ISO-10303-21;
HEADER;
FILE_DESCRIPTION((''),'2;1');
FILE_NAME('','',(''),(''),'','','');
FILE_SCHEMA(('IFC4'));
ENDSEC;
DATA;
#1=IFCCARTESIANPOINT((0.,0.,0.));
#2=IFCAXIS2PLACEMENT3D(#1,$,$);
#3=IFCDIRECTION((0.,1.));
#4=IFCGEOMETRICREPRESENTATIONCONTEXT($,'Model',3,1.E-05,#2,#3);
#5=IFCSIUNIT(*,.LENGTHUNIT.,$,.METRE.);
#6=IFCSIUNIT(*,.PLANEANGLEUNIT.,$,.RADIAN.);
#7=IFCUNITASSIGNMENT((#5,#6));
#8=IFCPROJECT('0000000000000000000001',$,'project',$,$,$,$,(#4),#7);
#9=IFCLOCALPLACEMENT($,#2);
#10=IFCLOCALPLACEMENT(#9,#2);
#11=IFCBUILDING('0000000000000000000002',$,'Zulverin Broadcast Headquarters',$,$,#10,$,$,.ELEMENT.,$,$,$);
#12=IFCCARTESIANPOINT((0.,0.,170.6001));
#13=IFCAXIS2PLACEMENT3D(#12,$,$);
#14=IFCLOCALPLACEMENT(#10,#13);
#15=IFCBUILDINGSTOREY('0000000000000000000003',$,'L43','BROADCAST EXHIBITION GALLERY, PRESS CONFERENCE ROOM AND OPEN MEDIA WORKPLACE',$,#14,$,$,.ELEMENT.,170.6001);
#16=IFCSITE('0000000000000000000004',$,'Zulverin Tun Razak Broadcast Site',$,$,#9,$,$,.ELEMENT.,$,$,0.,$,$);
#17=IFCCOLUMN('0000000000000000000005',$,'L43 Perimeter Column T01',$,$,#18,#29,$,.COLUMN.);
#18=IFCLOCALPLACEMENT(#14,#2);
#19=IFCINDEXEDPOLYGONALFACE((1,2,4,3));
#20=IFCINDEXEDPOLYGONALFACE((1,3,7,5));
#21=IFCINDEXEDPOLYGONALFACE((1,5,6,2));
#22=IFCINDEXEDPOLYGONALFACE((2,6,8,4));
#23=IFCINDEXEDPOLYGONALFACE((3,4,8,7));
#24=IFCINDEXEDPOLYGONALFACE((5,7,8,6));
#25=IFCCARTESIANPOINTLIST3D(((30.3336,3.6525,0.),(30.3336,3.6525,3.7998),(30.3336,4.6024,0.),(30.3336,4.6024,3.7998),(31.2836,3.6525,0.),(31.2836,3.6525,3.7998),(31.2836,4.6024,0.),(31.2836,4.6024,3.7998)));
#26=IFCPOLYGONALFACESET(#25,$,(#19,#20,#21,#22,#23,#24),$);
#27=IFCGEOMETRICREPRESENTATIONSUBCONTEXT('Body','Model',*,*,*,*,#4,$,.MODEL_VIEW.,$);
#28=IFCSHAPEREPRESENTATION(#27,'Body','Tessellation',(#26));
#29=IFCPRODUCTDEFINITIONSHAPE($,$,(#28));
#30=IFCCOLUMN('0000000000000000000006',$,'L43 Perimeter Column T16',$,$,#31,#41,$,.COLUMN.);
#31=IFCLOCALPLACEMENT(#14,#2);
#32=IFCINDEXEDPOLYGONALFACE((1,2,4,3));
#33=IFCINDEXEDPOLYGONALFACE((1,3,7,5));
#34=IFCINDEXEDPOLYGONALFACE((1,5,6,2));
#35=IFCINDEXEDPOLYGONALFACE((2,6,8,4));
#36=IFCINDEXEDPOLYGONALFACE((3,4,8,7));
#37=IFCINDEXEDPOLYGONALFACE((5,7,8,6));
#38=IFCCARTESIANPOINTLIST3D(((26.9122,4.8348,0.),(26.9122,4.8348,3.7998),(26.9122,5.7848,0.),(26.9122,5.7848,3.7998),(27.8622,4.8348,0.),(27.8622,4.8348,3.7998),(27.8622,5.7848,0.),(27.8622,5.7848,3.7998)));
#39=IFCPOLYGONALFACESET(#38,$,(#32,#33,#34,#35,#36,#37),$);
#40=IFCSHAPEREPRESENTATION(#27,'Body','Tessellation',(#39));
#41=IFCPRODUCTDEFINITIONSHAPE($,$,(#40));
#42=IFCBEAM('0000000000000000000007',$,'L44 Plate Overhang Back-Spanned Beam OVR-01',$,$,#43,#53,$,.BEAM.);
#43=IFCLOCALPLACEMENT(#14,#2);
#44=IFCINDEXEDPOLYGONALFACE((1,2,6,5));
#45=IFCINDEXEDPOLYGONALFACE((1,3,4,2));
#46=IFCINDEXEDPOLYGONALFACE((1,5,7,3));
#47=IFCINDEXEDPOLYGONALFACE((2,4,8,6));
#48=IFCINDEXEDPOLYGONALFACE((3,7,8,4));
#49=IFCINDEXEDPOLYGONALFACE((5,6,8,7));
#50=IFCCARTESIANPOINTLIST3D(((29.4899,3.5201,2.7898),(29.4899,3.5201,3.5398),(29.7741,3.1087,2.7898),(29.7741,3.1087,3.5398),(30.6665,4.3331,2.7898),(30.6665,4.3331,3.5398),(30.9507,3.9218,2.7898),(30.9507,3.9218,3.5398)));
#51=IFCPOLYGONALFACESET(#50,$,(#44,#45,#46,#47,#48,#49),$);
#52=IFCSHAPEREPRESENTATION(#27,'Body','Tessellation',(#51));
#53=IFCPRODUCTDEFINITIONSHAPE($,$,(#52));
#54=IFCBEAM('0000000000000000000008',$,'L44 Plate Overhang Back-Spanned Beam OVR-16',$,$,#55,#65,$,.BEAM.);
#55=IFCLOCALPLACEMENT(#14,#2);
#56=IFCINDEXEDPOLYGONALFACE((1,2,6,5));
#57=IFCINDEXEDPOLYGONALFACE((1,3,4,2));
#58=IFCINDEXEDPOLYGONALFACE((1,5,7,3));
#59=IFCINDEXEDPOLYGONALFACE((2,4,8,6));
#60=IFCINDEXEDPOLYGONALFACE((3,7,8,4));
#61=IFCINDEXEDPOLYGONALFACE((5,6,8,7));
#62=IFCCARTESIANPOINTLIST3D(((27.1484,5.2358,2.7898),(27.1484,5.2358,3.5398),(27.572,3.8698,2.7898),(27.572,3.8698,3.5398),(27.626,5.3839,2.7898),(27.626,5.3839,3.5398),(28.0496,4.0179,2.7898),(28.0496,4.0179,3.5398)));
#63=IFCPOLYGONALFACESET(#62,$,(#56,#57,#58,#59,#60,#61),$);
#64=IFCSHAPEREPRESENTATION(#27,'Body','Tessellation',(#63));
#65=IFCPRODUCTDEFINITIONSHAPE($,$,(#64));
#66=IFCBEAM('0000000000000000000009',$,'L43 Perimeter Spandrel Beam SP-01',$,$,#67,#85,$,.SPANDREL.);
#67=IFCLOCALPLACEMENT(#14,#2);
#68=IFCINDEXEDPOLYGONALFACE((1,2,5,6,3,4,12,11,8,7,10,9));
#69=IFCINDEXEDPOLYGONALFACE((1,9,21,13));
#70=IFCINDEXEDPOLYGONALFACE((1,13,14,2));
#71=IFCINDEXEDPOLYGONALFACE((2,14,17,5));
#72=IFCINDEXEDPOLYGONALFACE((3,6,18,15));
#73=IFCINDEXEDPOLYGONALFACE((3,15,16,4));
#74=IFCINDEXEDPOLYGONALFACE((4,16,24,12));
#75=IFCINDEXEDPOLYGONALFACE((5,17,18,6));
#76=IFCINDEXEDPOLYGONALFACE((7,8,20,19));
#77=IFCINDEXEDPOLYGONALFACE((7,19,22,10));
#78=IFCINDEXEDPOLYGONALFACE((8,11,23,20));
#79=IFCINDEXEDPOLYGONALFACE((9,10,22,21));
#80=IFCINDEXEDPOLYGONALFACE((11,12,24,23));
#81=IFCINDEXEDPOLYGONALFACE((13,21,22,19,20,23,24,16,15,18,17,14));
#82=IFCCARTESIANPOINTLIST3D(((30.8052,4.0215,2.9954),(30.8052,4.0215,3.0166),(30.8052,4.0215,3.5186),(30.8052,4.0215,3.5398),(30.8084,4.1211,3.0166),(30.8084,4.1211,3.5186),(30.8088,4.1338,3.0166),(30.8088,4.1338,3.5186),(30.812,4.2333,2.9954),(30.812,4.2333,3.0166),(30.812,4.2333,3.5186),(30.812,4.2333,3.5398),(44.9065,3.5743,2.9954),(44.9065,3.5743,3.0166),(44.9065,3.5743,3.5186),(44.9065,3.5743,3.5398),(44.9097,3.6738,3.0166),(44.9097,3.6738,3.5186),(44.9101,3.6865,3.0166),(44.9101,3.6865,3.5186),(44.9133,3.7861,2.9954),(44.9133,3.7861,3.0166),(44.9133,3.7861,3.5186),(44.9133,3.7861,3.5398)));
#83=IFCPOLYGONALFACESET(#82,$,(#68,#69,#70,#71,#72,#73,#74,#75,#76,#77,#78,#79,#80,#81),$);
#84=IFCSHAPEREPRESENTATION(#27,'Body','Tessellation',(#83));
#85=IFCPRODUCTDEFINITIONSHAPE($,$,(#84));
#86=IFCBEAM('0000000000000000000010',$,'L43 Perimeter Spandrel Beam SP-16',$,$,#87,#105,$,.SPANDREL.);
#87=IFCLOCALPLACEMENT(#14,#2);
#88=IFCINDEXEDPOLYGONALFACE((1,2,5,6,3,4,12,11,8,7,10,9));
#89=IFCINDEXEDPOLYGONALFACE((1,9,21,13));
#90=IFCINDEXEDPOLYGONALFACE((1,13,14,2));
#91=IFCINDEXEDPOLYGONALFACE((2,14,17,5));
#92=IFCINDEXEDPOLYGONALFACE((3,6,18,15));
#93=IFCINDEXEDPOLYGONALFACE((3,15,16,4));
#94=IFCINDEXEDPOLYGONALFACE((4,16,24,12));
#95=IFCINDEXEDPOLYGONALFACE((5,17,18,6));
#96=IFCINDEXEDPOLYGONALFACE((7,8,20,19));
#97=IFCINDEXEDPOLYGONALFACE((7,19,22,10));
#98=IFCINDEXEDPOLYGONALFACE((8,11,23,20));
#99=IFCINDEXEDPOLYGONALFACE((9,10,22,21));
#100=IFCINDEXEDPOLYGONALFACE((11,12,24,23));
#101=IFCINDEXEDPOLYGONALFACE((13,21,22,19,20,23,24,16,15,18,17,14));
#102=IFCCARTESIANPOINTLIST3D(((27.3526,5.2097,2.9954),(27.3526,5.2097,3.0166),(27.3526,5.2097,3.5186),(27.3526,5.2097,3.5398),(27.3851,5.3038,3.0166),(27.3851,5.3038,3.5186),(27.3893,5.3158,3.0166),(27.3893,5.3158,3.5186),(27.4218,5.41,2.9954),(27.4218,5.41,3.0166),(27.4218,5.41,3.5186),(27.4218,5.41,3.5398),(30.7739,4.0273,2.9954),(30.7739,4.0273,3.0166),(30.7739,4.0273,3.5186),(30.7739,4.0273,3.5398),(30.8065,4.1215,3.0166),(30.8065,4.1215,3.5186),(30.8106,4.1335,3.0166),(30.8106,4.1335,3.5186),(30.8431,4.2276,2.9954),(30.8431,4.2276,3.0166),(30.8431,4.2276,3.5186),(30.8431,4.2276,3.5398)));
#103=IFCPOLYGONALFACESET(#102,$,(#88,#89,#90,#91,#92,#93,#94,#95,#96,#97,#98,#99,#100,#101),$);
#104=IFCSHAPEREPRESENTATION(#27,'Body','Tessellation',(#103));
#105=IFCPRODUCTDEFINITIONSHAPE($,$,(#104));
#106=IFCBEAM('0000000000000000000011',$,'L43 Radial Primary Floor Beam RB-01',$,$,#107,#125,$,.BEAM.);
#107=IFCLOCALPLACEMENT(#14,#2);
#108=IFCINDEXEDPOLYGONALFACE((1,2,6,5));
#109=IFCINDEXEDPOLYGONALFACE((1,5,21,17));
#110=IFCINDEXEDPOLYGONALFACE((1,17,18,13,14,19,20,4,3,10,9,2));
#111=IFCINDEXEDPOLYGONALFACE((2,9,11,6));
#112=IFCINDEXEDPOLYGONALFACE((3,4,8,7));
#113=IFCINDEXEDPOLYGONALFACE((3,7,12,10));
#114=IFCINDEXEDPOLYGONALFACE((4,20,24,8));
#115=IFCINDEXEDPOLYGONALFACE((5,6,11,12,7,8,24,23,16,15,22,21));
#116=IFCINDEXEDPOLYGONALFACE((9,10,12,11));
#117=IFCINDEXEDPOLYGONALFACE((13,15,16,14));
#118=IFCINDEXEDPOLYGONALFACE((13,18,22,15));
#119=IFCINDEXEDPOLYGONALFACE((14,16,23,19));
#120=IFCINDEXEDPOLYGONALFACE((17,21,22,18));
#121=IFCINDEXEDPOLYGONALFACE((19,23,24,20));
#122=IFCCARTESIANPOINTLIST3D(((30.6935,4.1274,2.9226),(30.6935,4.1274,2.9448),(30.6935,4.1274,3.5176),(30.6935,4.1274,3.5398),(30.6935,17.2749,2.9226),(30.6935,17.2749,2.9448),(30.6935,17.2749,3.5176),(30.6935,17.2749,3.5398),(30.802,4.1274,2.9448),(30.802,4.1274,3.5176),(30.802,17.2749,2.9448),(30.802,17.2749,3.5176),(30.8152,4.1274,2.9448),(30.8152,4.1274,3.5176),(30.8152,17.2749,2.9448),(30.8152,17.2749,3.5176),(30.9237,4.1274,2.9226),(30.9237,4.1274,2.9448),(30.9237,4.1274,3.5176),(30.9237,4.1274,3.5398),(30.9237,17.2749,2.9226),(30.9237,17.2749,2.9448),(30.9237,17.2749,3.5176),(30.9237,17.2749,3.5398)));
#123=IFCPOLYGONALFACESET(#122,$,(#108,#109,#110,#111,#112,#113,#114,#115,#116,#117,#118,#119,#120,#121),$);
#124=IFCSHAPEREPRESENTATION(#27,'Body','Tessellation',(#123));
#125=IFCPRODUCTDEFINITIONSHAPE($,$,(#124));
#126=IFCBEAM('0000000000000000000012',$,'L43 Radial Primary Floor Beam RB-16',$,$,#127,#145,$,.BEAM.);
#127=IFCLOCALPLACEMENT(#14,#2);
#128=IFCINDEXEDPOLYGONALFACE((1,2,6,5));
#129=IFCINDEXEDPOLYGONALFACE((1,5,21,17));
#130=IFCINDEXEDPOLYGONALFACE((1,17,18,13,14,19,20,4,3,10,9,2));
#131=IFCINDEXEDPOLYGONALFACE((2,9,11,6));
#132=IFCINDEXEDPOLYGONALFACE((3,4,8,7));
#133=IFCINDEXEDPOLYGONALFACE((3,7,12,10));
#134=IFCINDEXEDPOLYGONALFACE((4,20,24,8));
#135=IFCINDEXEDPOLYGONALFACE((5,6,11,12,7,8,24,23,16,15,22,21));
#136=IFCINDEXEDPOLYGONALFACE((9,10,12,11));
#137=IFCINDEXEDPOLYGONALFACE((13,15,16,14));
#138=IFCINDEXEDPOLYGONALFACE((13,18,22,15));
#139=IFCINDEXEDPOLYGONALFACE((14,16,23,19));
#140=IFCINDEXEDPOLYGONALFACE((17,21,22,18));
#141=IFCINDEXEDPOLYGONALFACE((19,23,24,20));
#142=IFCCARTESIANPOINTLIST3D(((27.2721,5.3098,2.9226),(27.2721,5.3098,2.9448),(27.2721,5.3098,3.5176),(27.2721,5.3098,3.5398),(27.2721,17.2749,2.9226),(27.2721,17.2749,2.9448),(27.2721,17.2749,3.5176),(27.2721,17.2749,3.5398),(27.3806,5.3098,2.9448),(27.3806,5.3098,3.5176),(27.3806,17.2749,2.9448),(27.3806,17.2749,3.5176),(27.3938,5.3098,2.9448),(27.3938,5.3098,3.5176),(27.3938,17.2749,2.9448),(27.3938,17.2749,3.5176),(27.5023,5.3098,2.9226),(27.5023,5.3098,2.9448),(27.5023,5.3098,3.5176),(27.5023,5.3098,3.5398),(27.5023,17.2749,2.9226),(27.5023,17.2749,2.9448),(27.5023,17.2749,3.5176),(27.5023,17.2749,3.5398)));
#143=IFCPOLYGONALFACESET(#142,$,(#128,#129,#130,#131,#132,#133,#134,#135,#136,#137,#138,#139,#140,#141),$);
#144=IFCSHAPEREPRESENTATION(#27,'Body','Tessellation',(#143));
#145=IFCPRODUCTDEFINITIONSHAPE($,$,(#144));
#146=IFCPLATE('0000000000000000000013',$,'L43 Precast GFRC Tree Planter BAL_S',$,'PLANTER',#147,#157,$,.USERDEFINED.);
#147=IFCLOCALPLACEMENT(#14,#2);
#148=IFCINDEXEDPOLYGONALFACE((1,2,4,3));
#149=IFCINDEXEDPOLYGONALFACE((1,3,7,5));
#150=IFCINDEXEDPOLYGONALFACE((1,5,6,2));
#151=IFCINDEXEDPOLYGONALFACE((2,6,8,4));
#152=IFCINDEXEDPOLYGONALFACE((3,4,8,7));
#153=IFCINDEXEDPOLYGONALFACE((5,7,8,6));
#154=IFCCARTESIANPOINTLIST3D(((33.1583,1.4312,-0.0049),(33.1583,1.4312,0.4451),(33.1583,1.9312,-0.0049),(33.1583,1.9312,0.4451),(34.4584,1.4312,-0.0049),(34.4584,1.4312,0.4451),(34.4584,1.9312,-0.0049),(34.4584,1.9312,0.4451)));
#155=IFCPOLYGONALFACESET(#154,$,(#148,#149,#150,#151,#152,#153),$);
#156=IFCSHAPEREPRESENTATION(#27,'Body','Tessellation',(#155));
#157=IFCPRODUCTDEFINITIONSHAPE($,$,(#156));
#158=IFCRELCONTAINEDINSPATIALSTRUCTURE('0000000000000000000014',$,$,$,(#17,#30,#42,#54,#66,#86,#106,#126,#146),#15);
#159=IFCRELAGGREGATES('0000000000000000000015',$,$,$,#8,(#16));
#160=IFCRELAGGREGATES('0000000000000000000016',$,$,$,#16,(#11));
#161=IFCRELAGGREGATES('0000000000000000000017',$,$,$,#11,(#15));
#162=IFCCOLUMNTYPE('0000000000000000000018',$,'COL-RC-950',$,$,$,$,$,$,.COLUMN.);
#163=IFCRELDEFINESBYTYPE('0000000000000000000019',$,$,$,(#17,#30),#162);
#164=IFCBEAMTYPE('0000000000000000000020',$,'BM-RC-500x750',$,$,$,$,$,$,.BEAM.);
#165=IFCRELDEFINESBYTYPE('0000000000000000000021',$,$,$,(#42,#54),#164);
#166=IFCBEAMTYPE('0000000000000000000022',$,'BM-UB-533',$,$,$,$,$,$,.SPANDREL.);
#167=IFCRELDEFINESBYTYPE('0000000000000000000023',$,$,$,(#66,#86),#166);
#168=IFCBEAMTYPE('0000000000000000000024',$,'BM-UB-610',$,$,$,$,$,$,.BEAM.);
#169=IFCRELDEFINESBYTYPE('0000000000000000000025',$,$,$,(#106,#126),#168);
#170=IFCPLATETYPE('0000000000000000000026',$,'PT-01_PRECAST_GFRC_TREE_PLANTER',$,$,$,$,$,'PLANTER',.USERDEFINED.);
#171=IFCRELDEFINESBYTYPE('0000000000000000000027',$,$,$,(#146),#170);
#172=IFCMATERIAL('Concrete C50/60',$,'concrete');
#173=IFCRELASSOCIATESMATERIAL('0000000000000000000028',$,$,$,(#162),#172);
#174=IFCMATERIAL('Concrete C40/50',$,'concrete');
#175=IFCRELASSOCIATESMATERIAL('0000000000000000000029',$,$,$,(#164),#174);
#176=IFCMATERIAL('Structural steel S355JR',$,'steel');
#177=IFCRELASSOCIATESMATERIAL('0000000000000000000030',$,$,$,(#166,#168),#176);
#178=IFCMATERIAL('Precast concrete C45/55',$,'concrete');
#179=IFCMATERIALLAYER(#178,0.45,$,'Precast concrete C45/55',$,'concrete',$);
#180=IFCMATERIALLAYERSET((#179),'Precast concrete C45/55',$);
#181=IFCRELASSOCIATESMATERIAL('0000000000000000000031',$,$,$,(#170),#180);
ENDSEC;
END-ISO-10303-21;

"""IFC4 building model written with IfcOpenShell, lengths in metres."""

from ifc_helpers import new_model, si_unit, direction, frame, origin, origin_2d, place, context, subcontext, project, spatial, rectangle, i_section, extrude, material, layer, layer_set, material_profile, profile_set, type_object, element, save


model = new_model("IFC4")

# Units and contexts
model_context = context("Model", 3, precision=1e-05, world=origin(), true_north=direction((0.0, 1.0)))
body_context = subcontext(model_context, "Body", "Model", "MODEL_VIEW")
ifc_project = project(units=[si_unit("LENGTHUNIT", "METRE"), si_unit("PLANEANGLEUNIT", "RADIAN")], contexts=[model_context])

# Site, building, storey
site_placement = place(None, origin())
site = spatial("IfcSite", under=ifc_project, at=site_placement, Name="Zulverin Tun Razak Broadcast Site", CompositionType="ELEMENT", RefElevation=0.0)
building_placement = place(site_placement, origin())
building = spatial("IfcBuilding", under=site, at=building_placement, Name="Zulverin Broadcast Headquarters", CompositionType="ELEMENT")
storey_placement = place(building_placement, frame((0.0, 0.0, 170.6001)))
storey = spatial("IfcBuildingStorey", under=building, at=storey_placement, Name="L43", Description="BROADCAST EXHIBITION GALLERY, PRESS CONFERENCE ROOM AND OPEN MEDIA WORKPLACE", CompositionType="ELEMENT", Elevation=170.6001)

# Columns
ifc_material_1 = material(Name="Concrete C50/60", Category="concrete")
ifc_material_profile_1 = material_profile(ifc_material_1, rectangle(XDim=0.95, YDim=0.95, at=origin_2d()), Name="Concrete C50/60", Category="concrete")
ifc_profile_set_1 = profile_set([ifc_material_profile_1], Name="Concrete C50/60")
column_type = type_object("IfcColumnType", Name="COL-RC-950", PredefinedType="COLUMN", material=ifc_profile_set_1)
for number, where, z_axis, x_axis, name in (
    (1, (30.8086, 4.1274, 0.0), (0.0, 0.0, 1.0), (1.0, 0.0, 0.0), "L43 Perimeter Column T01"),
    (2, (27.3872, 5.3098, 0.0), (0.0, 0.0, 1.0), (1.0, 0.0, 0.0), "L43 Perimeter Column T16"),
):
    element("IfcColumn", number, at=place(storey_placement, frame(where, z_axis=z_axis, x_axis=x_axis)), inside=storey, type_object=column_type, Name=name, PredefinedType="COLUMN", context=body_context, shape_type="SweptSolid", body=[
        extrude(rectangle(XDim=0.95, YDim=0.95, at=origin_2d()), origin(), (0.0, 0.0, 1.0), 3.7998),
    ])

# Beams
ifc_material_2 = material(Name="Concrete C40/50", Category="concrete")
ifc_material_profile_2 = material_profile(ifc_material_2, rectangle(XDim=0.5, YDim=0.75, at=origin_2d()), Name="Concrete C40/50", Category="concrete")
ifc_profile_set_2 = profile_set([ifc_material_profile_2], Name="Concrete C40/50")
beam_type_1 = type_object("IfcBeamType", Name="BM-RC-500x750", PredefinedType="BEAM", material=ifc_profile_set_2)
for number, where, z_axis, x_axis, name in (
    (3, (30.8086, 4.1274, 3.1648), (-0.82269, -0.568491, 0.0), (0.568491, -0.82269, 0.0), "L44 Plate Overhang Back-Spanned Beam OVR-01"),
    (4, (27.3872, 5.3098, 3.1648), (0.296184, -0.955131, 0.0), (0.955131, 0.296184, 0.0), "L44 Plate Overhang Back-Spanned Beam OVR-16"),
):
    element("IfcBeam", number, at=place(storey_placement, frame(where, z_axis=z_axis, x_axis=x_axis)), inside=storey, type_object=beam_type_1, Name=name, PredefinedType="BEAM", context=body_context, shape_type="SweptSolid", body=[
        extrude(rectangle(XDim=0.5, YDim=0.75, at=origin_2d()), origin(), (0.0, 0.0, 1.0), 1.4302),
    ])
ifc_material_3 = material(Name="Structural steel S355JR", Category="steel")
ifc_material_profile_3 = material_profile(ifc_material_3, i_section(OverallWidth=0.2119, OverallDepth=0.5444, WebThickness=0.0127, FlangeThickness=0.0212, at=origin_2d()), Name="Structural steel S355JR", Category="steel")
ifc_profile_set_3 = profile_set([ifc_material_profile_3], Name="Structural steel S355JR")
beam_type_2 = type_object("IfcBeamType", Name="BM-UB-533", PredefinedType="SPANDREL", material=ifc_profile_set_3)
beam_1_placement = place(storey_placement, frame((30.8086, 4.1274, 3.2676), z_axis=(0.999497, -0.031702, 0.0), x_axis=(0.031702, 0.999497, 0.0)))
element("IfcBeam", 5, at=beam_1_placement, inside=storey, type_object=beam_type_2, Name="L43 Perimeter Spandrel Beam SP-01", PredefinedType="SPANDREL", context=body_context, shape_type="SweptSolid", body=[
    extrude(i_section(OverallWidth=0.2119, OverallDepth=0.5444, WebThickness=0.0127, FlangeThickness=0.0212, at=origin_2d()), origin(), (0.0, 0.0, 1.0), 14.1084),
])
beam_2_placement = place(storey_placement, frame((27.3872, 5.3098, 3.2676), z_axis=(0.945153, -0.326629, 0.0), x_axis=(0.326629, 0.945153, 0.0)))
element("IfcBeam", 6, at=beam_2_placement, inside=storey, type_object=beam_type_2, Name="L43 Perimeter Spandrel Beam SP-16", PredefinedType="SPANDREL", context=body_context, shape_type="SweptSolid", body=[
    extrude(i_section(OverallWidth=0.2119, OverallDepth=0.5444, WebThickness=0.0127, FlangeThickness=0.0212, at=origin_2d()), origin(), (0.0, 0.0, 1.0), 3.6199),
])
ifc_material_profile_4 = material_profile(ifc_material_3, i_section(OverallWidth=0.2302, OverallDepth=0.6172, WebThickness=0.0132, FlangeThickness=0.0222, at=origin_2d()), Name="Structural steel S355JR", Category="steel")
ifc_profile_set_4 = profile_set([ifc_material_profile_4], Name="Structural steel S355JR")
beam_type_3 = type_object("IfcBeamType", Name="BM-UB-610", PredefinedType="BEAM", material=ifc_profile_set_4)
beam_3_placement = place(storey_placement, frame((30.8086, 17.2749, 3.2312), z_axis=(0.0, -1.0, 0.0), x_axis=(1.0, 0.0, 0.0)))
element("IfcBeam", 7, at=beam_3_placement, inside=storey, type_object=beam_type_3, Name="L43 Radial Primary Floor Beam RB-01", PredefinedType="BEAM", context=body_context, shape_type="SweptSolid", body=[
    extrude(i_section(OverallWidth=0.2302, OverallDepth=0.6172, WebThickness=0.0132, FlangeThickness=0.0222, at=origin_2d()), origin(), (0.0, 0.0, 1.0), 13.1475),
])
beam_4_placement = place(storey_placement, frame((27.3872, 17.2749, 3.2312), z_axis=(0.0, -1.0, 0.0), x_axis=(1.0, 0.0, 0.0)))
element("IfcBeam", 8, at=beam_4_placement, inside=storey, type_object=beam_type_3, Name="L43 Radial Primary Floor Beam RB-16", PredefinedType="BEAM", context=body_context, shape_type="SweptSolid", body=[
    extrude(i_section(OverallWidth=0.2302, OverallDepth=0.6172, WebThickness=0.0132, FlangeThickness=0.0222, at=origin_2d()), origin(), (0.0, 0.0, 1.0), 11.9651),
])

# Plate
ifc_material_4 = material(Name="Precast concrete C45/55", Category="concrete")
ifc_layer_1 = layer(ifc_material_4, 0.45, Name="Precast concrete C45/55", Category="concrete")
ifc_layer_set_1 = layer_set([ifc_layer_1], Name="Precast concrete C45/55")
plate_type = type_object("IfcPlateType", Name="PT-01_PRECAST_GFRC_TREE_PLANTER", ElementType="PLANTER", PredefinedType="USERDEFINED", material=ifc_layer_set_1)
plate_placement = place(storey_placement, frame((33.8083, 1.6812, -0.0049), z_axis=(0.0, 0.0, 1.0), x_axis=(1.0, 0.0, 0.0)))
element("IfcPlate", 9, at=plate_placement, inside=storey, type_object=plate_type, Name="L43 Precast GFRC Tree Planter BAL_S", ObjectType="PLANTER", PredefinedType="USERDEFINED", context=body_context, shape_type="SweptSolid", body=[
    extrude(rectangle(XDim=1.3, YDim=0.5, at=origin_2d()), origin(), (0.0, 0.0, 1.0), 0.45),
])

save(model, "model.ifc")
